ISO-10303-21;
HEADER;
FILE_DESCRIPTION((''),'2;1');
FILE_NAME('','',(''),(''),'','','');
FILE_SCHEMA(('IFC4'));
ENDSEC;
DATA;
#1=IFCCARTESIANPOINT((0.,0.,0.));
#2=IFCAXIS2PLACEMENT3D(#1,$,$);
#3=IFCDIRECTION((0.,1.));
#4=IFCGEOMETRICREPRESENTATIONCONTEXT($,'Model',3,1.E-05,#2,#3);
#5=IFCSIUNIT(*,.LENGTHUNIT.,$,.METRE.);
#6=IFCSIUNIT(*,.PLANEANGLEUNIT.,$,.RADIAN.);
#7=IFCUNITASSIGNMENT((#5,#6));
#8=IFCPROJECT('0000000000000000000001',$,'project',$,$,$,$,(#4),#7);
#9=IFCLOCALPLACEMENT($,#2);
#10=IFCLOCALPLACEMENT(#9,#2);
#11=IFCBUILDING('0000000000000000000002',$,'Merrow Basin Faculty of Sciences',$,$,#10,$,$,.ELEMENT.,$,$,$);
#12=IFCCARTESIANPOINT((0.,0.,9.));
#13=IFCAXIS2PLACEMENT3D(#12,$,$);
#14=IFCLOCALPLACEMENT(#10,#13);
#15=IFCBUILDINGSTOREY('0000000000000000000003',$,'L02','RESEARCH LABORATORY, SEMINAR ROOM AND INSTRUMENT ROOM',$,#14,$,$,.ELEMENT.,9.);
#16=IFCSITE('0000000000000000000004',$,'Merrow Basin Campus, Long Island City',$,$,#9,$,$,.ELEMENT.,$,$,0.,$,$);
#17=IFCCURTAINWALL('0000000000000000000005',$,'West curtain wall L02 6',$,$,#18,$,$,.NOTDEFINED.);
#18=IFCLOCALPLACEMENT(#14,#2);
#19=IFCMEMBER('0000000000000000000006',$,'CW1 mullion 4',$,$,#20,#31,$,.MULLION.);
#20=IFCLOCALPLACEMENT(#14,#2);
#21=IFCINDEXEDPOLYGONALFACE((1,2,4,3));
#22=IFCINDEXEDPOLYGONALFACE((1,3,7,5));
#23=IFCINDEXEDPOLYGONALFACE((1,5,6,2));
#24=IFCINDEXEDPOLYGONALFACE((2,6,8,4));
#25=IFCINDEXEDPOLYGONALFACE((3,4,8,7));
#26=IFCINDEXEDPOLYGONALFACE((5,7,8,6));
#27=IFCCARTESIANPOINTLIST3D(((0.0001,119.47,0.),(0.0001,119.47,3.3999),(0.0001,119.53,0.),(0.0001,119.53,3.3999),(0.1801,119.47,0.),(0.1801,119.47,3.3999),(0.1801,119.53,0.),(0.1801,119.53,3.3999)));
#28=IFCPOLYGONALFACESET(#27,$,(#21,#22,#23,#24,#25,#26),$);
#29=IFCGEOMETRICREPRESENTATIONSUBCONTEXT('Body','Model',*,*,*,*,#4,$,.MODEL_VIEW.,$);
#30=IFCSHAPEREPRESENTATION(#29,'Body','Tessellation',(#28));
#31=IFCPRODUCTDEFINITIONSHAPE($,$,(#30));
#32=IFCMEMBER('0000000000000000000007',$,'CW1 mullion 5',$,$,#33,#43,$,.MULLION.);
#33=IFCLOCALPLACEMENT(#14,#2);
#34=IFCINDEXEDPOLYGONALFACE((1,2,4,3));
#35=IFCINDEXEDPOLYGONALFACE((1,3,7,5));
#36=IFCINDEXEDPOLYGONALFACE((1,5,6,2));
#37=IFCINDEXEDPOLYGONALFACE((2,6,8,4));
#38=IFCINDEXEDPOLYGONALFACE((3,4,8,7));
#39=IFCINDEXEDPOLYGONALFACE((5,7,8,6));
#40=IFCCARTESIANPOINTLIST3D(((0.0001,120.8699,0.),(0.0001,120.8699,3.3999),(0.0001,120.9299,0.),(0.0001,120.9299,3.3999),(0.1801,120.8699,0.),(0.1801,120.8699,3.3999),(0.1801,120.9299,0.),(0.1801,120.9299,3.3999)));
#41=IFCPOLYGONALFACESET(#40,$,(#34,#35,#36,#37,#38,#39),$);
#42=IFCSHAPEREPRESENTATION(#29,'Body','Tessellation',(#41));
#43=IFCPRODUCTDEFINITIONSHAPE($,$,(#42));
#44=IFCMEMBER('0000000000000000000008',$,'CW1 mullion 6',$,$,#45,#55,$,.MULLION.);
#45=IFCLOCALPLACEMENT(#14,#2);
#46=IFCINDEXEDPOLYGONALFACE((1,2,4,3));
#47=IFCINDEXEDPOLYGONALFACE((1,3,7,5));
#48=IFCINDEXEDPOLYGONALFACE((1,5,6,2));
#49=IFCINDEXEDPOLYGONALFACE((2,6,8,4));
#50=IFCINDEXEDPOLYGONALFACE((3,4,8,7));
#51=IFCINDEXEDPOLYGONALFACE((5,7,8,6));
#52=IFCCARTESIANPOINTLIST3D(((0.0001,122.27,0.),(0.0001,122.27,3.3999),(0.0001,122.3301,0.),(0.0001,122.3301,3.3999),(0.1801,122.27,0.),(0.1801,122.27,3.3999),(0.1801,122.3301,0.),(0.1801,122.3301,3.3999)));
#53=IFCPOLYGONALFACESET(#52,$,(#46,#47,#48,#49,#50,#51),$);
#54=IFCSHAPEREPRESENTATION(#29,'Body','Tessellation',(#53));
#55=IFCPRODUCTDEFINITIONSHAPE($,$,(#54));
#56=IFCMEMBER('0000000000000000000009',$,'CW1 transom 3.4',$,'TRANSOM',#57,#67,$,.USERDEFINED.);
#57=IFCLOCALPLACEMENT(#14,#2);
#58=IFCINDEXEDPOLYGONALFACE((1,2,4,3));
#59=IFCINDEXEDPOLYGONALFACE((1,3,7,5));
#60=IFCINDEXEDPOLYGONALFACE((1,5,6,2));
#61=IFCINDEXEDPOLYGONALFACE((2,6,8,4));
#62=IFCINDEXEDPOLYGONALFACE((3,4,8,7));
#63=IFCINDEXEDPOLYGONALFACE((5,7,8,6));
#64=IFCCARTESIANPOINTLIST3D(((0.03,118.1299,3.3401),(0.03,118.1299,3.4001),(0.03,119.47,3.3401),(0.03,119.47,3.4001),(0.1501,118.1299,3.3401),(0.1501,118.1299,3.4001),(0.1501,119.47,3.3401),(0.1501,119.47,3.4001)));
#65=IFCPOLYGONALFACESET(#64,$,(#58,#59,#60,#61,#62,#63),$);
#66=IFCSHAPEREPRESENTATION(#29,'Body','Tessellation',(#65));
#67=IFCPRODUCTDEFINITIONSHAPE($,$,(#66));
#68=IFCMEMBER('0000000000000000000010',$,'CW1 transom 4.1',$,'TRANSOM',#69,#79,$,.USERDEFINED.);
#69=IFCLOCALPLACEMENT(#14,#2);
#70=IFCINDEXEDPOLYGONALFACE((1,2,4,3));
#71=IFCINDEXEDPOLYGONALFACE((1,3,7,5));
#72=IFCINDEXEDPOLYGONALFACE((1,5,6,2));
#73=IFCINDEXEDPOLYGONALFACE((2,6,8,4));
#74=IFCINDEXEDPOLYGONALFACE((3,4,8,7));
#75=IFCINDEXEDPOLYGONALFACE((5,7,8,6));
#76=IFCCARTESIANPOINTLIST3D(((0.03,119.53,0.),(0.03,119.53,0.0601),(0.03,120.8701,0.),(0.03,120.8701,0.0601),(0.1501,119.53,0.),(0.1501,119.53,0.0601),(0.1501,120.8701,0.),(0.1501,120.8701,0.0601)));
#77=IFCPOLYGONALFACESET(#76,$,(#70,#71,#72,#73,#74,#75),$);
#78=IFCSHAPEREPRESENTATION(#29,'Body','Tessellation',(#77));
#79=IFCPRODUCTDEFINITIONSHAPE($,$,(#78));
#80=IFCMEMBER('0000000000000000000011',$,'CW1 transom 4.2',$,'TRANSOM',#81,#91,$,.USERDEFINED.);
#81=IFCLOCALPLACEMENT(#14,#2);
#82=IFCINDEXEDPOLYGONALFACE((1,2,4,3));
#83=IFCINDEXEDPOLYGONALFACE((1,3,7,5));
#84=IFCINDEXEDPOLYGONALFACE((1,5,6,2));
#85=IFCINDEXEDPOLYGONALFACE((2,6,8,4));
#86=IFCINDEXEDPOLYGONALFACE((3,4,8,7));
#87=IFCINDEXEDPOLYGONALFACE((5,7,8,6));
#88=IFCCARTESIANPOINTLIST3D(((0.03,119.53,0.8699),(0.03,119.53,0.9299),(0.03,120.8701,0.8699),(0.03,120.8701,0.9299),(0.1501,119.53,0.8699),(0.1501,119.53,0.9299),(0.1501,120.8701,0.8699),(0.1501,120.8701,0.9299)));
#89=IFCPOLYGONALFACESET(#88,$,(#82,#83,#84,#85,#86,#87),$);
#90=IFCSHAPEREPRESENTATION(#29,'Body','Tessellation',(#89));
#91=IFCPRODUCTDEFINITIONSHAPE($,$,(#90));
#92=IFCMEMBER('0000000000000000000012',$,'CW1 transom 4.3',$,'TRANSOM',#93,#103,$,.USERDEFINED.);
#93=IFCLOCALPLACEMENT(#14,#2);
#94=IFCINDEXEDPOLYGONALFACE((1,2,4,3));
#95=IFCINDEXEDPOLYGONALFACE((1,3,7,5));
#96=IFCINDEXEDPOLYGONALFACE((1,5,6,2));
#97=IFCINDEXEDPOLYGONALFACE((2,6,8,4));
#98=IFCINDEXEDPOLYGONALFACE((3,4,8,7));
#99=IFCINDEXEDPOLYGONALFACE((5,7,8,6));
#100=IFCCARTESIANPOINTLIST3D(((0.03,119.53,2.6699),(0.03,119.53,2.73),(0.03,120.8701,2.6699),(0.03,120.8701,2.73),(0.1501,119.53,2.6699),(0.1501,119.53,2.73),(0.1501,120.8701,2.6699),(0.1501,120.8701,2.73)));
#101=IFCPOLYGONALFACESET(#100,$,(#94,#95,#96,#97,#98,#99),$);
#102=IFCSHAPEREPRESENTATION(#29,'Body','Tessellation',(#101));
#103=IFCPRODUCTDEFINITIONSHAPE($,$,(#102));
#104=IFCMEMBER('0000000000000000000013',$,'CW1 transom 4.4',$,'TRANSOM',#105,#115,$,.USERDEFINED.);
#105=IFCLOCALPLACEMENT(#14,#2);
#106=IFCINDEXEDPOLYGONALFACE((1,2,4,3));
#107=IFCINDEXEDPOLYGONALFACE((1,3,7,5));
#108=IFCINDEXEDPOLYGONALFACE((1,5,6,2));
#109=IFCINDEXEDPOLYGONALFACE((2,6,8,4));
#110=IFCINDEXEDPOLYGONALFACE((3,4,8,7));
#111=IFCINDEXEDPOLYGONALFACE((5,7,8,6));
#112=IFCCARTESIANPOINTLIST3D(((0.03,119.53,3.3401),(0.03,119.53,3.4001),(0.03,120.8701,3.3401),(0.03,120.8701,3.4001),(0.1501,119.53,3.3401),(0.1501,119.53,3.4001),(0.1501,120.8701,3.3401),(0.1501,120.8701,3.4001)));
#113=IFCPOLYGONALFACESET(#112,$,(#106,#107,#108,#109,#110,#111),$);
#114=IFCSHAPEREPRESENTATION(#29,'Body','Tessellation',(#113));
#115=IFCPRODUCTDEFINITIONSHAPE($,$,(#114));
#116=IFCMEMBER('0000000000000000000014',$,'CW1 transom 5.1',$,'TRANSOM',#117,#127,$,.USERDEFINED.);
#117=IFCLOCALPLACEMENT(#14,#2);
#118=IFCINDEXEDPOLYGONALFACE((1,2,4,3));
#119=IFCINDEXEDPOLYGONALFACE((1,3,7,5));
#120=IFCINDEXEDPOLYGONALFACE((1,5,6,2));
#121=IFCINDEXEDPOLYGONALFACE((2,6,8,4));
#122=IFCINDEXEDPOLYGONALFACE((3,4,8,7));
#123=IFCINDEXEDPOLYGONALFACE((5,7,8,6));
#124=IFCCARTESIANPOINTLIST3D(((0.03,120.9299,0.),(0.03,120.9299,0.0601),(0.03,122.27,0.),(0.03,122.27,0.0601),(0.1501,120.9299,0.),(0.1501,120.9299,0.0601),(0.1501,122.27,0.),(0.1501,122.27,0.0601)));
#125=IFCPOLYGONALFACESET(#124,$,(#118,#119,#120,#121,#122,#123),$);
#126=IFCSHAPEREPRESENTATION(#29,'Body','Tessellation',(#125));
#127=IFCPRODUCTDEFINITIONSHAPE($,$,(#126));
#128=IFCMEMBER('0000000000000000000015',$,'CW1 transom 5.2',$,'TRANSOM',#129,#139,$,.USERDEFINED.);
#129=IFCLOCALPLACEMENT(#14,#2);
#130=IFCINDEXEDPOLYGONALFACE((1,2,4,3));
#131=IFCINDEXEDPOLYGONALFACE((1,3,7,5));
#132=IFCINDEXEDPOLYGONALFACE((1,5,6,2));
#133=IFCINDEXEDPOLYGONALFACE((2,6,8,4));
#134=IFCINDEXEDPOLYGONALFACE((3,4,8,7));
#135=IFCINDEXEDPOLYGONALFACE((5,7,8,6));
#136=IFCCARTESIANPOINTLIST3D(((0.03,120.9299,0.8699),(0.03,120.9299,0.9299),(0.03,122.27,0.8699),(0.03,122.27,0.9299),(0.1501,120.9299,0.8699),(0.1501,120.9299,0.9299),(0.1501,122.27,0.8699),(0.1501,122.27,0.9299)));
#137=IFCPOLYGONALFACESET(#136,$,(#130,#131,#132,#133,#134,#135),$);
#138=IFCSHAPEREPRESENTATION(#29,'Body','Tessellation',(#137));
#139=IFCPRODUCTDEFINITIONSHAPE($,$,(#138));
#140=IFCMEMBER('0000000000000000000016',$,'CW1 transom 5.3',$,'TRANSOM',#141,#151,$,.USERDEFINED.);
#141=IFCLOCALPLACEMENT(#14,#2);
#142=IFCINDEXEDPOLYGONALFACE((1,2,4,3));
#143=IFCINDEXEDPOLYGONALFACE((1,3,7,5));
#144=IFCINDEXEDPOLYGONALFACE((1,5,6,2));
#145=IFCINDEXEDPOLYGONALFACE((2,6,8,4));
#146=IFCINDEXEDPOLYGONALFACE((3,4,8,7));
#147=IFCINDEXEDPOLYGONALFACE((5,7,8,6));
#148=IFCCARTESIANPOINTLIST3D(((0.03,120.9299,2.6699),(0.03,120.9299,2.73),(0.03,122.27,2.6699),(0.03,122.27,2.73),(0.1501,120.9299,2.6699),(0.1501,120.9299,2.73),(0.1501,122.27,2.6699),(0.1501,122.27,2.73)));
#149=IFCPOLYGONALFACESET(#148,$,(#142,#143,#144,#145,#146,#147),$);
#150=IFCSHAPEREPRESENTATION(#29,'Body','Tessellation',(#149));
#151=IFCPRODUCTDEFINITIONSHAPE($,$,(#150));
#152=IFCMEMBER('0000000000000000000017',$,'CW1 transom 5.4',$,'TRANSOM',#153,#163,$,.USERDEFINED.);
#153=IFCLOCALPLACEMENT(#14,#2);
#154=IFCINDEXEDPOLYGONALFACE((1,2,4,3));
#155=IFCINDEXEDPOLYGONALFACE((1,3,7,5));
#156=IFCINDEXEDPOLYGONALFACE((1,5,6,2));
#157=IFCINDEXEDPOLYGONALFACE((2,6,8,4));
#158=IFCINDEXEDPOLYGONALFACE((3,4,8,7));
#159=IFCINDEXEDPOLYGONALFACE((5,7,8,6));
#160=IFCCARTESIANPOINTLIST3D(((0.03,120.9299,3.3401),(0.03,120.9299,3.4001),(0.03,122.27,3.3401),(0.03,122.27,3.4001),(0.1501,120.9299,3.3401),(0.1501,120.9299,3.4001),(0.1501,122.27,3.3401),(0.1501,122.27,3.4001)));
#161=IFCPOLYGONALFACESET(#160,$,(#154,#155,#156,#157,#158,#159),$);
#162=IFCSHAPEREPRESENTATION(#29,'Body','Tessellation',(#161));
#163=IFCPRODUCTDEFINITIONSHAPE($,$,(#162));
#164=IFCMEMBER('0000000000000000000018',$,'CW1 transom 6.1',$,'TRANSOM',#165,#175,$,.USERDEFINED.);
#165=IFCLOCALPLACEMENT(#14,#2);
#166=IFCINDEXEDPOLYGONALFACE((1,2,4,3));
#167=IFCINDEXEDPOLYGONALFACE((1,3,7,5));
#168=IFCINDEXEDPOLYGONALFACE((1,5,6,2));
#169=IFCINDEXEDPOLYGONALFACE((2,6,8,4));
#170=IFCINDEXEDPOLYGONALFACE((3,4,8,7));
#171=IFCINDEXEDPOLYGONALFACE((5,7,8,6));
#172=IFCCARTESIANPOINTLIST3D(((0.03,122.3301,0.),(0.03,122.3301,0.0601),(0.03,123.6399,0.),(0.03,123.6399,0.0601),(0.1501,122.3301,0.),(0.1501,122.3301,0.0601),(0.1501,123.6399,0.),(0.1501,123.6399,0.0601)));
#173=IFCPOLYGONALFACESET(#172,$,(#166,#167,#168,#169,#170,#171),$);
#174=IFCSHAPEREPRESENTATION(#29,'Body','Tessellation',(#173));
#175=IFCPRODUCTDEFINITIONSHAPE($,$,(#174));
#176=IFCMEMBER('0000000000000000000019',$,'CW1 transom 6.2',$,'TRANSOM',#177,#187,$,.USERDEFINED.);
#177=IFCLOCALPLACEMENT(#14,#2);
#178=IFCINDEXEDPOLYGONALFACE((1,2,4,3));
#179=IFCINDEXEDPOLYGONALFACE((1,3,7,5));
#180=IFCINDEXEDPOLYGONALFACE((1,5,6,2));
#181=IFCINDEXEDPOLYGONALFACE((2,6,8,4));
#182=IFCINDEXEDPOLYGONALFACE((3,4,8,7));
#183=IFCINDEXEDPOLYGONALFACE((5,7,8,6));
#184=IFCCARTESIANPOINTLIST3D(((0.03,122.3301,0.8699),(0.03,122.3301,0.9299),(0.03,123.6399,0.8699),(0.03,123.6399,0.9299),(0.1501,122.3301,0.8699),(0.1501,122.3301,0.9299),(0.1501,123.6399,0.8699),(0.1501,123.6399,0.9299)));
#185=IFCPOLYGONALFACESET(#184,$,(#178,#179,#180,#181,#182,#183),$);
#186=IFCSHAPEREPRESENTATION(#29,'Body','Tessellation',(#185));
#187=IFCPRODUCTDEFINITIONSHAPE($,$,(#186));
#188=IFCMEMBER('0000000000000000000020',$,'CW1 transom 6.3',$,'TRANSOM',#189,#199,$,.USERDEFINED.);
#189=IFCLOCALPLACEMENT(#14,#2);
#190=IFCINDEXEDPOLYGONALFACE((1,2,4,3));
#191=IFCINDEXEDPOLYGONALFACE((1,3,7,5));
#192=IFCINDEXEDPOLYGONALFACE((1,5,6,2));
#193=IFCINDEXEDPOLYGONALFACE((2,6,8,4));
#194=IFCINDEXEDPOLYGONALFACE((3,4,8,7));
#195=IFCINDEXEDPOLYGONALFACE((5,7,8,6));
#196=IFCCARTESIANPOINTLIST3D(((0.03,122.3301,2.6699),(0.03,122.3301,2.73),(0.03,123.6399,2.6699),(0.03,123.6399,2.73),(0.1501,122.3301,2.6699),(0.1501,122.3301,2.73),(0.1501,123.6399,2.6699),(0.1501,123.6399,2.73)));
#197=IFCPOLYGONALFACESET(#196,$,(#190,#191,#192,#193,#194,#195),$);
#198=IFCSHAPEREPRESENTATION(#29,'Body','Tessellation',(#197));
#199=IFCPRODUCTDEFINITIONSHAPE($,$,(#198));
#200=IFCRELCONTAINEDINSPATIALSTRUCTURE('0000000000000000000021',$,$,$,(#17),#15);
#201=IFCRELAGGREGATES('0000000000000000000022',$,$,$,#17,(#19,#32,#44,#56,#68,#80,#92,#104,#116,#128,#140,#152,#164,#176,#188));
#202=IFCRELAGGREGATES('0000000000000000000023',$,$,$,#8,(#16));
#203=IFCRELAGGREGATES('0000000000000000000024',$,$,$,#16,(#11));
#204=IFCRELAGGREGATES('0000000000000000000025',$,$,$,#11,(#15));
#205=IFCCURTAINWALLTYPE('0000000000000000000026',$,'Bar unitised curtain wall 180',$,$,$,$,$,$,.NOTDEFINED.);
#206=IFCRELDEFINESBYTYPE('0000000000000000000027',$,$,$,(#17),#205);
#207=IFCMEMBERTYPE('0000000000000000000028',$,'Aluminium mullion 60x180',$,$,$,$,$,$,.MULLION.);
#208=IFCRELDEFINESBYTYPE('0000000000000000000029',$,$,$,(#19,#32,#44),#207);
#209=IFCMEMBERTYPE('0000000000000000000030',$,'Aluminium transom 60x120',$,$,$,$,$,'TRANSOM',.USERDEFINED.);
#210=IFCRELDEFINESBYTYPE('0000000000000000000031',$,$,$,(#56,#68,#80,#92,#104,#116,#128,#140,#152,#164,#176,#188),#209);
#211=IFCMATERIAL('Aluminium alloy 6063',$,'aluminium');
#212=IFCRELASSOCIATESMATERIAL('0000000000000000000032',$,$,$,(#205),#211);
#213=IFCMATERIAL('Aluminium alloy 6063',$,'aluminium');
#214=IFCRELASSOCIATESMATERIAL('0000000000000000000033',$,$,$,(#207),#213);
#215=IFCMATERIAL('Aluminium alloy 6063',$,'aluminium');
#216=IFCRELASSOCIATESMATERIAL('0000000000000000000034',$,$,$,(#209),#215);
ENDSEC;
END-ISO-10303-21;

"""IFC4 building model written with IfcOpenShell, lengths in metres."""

from ifc_helpers import new_model, si_unit, direction, frame, origin, origin_2d, place, context, subcontext, project, spatial, rectangle, extrude, material, material_profile, profile_set, type_object, element, aggregate, save


model = new_model("IFC4")

# Units and contexts
model_context = context("Model", 3, precision=1e-05, world=origin(), true_north=direction((0.0, 1.0)))
body_context = subcontext(model_context, "Body", "Model", "MODEL_VIEW")
ifc_project = project(units=[si_unit("LENGTHUNIT", "METRE"), si_unit("PLANEANGLEUNIT", "RADIAN")], contexts=[model_context])

# Site, building, storey
site_placement = place(None, origin())
site = spatial("IfcSite", under=ifc_project, at=site_placement, Name="Merrow Basin Campus, Long Island City", CompositionType="ELEMENT", RefElevation=0.0)
building_placement = place(site_placement, origin())
building = spatial("IfcBuilding", under=site, at=building_placement, Name="Merrow Basin Faculty of Sciences", CompositionType="ELEMENT")
storey_placement = place(building_placement, frame((0.0, 0.0, 9.0)))
storey = spatial("IfcBuildingStorey", under=building, at=storey_placement, Name="L02", Description="RESEARCH LABORATORY, SEMINAR ROOM AND INSTRUMENT ROOM", CompositionType="ELEMENT", Elevation=9.0)

# Curtain wall, members
ifc_material_1 = material(Name="Aluminium alloy 6063", Category="aluminium")
curtain_wall_type = type_object("IfcCurtainWallType", Name="Bar unitised curtain wall 180", PredefinedType="NOTDEFINED", material=ifc_material_1)
curtain_wall_placement = place(storey_placement, origin())
curtain_wall = element("IfcCurtainWall", 1, at=curtain_wall_placement, inside=storey, type_object=curtain_wall_type, Name="West curtain wall L02 6", PredefinedType="NOTDEFINED")
ifc_material_2 = material(Name="Aluminium alloy 6063", Category="aluminium")
ifc_material_profile_1 = material_profile(ifc_material_2, rectangle(XDim=0.1799, YDim=0.0601, at=origin_2d()))
ifc_profile_set_1 = profile_set([ifc_material_profile_1], Name="Aluminium alloy 6063")
member_type_1 = type_object("IfcMemberType", Name="Aluminium mullion 60x180", PredefinedType="MULLION", material=ifc_profile_set_1)
member_1_placement = place(storey_placement, frame((0.0901, 119.5, 0.0), z_axis=(0.0, 0.0, 1.0), x_axis=(-1.0, 0.0, 0.0)))
member_1 = element("IfcMember", 2, at=member_1_placement, type_object=member_type_1, Name="CW1 mullion 4", PredefinedType="MULLION", context=body_context, shape_type="SweptSolid", body=[
    extrude(rectangle(XDim=0.1799, YDim=0.0601, at=origin_2d()), origin(), (0.0, 0.0, 1.0), 3.3999),
])
member_2_placement = place(storey_placement, frame((0.0901, 120.8999, 0.0), z_axis=(0.0, 0.0, 1.0), x_axis=(-1.0, 0.0, 0.0)))
member_2 = element("IfcMember", 3, at=member_2_placement, type_object=member_type_1, Name="CW1 mullion 5", PredefinedType="MULLION", context=body_context, shape_type="SweptSolid", body=[
    extrude(rectangle(XDim=0.1799, YDim=0.0601, at=origin_2d()), origin(), (0.0, 0.0, 1.0), 3.3999),
])
member_3_placement = place(storey_placement, frame((0.0901, 122.3, 0.0), z_axis=(0.0, 0.0, 1.0), x_axis=(-1.0, 0.0, 0.0)))
member_3 = element("IfcMember", 4, at=member_3_placement, type_object=member_type_1, Name="CW1 mullion 6", PredefinedType="MULLION", context=body_context, shape_type="SweptSolid", body=[
    extrude(rectangle(XDim=0.1799, YDim=0.0601, at=origin_2d()), origin(), (0.0, 0.0, 1.0), 3.3999),
])
ifc_material_3 = material(Name="Aluminium alloy 6063", Category="aluminium")
ifc_material_profile_2 = material_profile(ifc_material_3, rectangle(XDim=0.1201, YDim=0.0601, at=origin_2d()))
ifc_profile_set_2 = profile_set([ifc_material_profile_2], Name="Aluminium alloy 6063")
member_type_2 = type_object("IfcMemberType", Name="Aluminium transom 60x120", ElementType="TRANSOM", PredefinedType="USERDEFINED", material=ifc_profile_set_2)
member_4_placement = place(storey_placement, frame((0.0901, 118.1299, 3.3701), z_axis=(0.0, 1.0, 0.0), x_axis=(-1.0, 0.0, 0.0)))
member_4 = element("IfcMember", 5, at=member_4_placement, type_object=member_type_2, Name="CW1 transom 3.4", ObjectType="TRANSOM", PredefinedType="USERDEFINED", context=body_context, shape_type="SweptSolid", body=[
    extrude(rectangle(XDim=0.1201, YDim=0.0601, at=origin_2d()), origin(), (0.0, 0.0, 1.0), 1.3401),
])
member_5_placement = place(storey_placement, frame((0.0901, 119.53, 0.03), z_axis=(0.0, 1.0, 0.0), x_axis=(-1.0, 0.0, 0.0)))
member_5 = element("IfcMember", 6, at=member_5_placement, type_object=member_type_2, Name="CW1 transom 4.1", ObjectType="TRANSOM", PredefinedType="USERDEFINED", context=body_context, shape_type="SweptSolid", body=[
    extrude(rectangle(XDim=0.1201, YDim=0.0601, at=origin_2d()), origin(), (0.0, 0.0, 1.0), 1.3401),
])
member_6_placement = place(storey_placement, frame((0.0901, 119.53, 0.8999), z_axis=(0.0, 1.0, 0.0), x_axis=(-1.0, 0.0, 0.0)))
member_6 = element("IfcMember", 7, at=member_6_placement, type_object=member_type_2, Name="CW1 transom 4.2", ObjectType="TRANSOM", PredefinedType="USERDEFINED", context=body_context, shape_type="SweptSolid", body=[
    extrude(rectangle(XDim=0.1201, YDim=0.0601, at=origin_2d()), origin(), (0.0, 0.0, 1.0), 1.3401),
])
member_7_placement = place(storey_placement, frame((0.0901, 119.53, 2.7), z_axis=(0.0, 1.0, 0.0), x_axis=(-1.0, 0.0, 0.0)))
member_7 = element("IfcMember", 8, at=member_7_placement, type_object=member_type_2, Name="CW1 transom 4.3", ObjectType="TRANSOM", PredefinedType="USERDEFINED", context=body_context, shape_type="SweptSolid", body=[
    extrude(rectangle(XDim=0.1201, YDim=0.0601, at=origin_2d()), origin(), (0.0, 0.0, 1.0), 1.3401),
])
member_8_placement = place(storey_placement, frame((0.0901, 119.53, 3.3701), z_axis=(0.0, 1.0, 0.0), x_axis=(-1.0, 0.0, 0.0)))
member_8 = element("IfcMember", 9, at=member_8_placement, type_object=member_type_2, Name="CW1 transom 4.4", ObjectType="TRANSOM", PredefinedType="USERDEFINED", context=body_context, shape_type="SweptSolid", body=[
    extrude(rectangle(XDim=0.1201, YDim=0.0601, at=origin_2d()), origin(), (0.0, 0.0, 1.0), 1.3401),
])
member_9_placement = place(storey_placement, frame((0.0901, 120.9299, 0.03), z_axis=(0.0, 1.0, 0.0), x_axis=(-1.0, 0.0, 0.0)))
member_9 = element("IfcMember", 10, at=member_9_placement, type_object=member_type_2, Name="CW1 transom 5.1", ObjectType="TRANSOM", PredefinedType="USERDEFINED", context=body_context, shape_type="SweptSolid", body=[
    extrude(rectangle(XDim=0.1201, YDim=0.0601, at=origin_2d()), origin(), (0.0, 0.0, 1.0), 1.3401),
])
member_10_placement = place(storey_placement, frame((0.0901, 120.9299, 0.8999), z_axis=(0.0, 1.0, 0.0), x_axis=(-1.0, 0.0, 0.0)))
member_10 = element("IfcMember", 11, at=member_10_placement, type_object=member_type_2, Name="CW1 transom 5.2", ObjectType="TRANSOM", PredefinedType="USERDEFINED", context=body_context, shape_type="SweptSolid", body=[
    extrude(rectangle(XDim=0.1201, YDim=0.0601, at=origin_2d()), origin(), (0.0, 0.0, 1.0), 1.3401),
])
member_11_placement = place(storey_placement, frame((0.0901, 120.9299, 2.7), z_axis=(0.0, 1.0, 0.0), x_axis=(-1.0, 0.0, 0.0)))
member_11 = element("IfcMember", 12, at=member_11_placement, type_object=member_type_2, Name="CW1 transom 5.3", ObjectType="TRANSOM", PredefinedType="USERDEFINED", context=body_context, shape_type="SweptSolid", body=[
    extrude(rectangle(XDim=0.1201, YDim=0.0601, at=origin_2d()), origin(), (0.0, 0.0, 1.0), 1.3401),
])
member_12_placement = place(storey_placement, frame((0.0901, 120.9299, 3.3701), z_axis=(0.0, 1.0, 0.0), x_axis=(-1.0, 0.0, 0.0)))
member_12 = element("IfcMember", 13, at=member_12_placement, type_object=member_type_2, Name="CW1 transom 5.4", ObjectType="TRANSOM", PredefinedType="USERDEFINED", context=body_context, shape_type="SweptSolid", body=[
    extrude(rectangle(XDim=0.1201, YDim=0.0601, at=origin_2d()), origin(), (0.0, 0.0, 1.0), 1.3401),
])
member_13_placement = place(storey_placement, frame((0.0901, 122.3301, 0.03), z_axis=(0.0, 1.0, 0.0), x_axis=(-1.0, 0.0, 0.0)))
member_13 = element("IfcMember", 14, at=member_13_placement, type_object=member_type_2, Name="CW1 transom 6.1", ObjectType="TRANSOM", PredefinedType="USERDEFINED", context=body_context, shape_type="SweptSolid", body=[
    extrude(rectangle(XDim=0.1201, YDim=0.0601, at=origin_2d()), origin(), (0.0, 0.0, 1.0), 1.3098),
])
member_14_placement = place(storey_placement, frame((0.0901, 122.3301, 0.8999), z_axis=(0.0, 1.0, 0.0), x_axis=(-1.0, 0.0, 0.0)))
member_14 = element("IfcMember", 15, at=member_14_placement, type_object=member_type_2, Name="CW1 transom 6.2", ObjectType="TRANSOM", PredefinedType="USERDEFINED", context=body_context, shape_type="SweptSolid", body=[
    extrude(rectangle(XDim=0.1201, YDim=0.0601, at=origin_2d()), origin(), (0.0, 0.0, 1.0), 1.3098),
])
member_15_placement = place(storey_placement, frame((0.0901, 122.3301, 2.7), z_axis=(0.0, 1.0, 0.0), x_axis=(-1.0, 0.0, 0.0)))
member_15 = element("IfcMember", 16, at=member_15_placement, type_object=member_type_2, Name="CW1 transom 6.3", ObjectType="TRANSOM", PredefinedType="USERDEFINED", context=body_context, shape_type="SweptSolid", body=[
    extrude(rectangle(XDim=0.1201, YDim=0.0601, at=origin_2d()), origin(), (0.0, 0.0, 1.0), 1.3098),
])
aggregate(curtain_wall, [member_1, member_2, member_3, member_4, member_5, member_6, member_7, member_8, member_9, member_10, member_11, member_12, member_13, member_14, member_15])

save(model, "model.ifc")
